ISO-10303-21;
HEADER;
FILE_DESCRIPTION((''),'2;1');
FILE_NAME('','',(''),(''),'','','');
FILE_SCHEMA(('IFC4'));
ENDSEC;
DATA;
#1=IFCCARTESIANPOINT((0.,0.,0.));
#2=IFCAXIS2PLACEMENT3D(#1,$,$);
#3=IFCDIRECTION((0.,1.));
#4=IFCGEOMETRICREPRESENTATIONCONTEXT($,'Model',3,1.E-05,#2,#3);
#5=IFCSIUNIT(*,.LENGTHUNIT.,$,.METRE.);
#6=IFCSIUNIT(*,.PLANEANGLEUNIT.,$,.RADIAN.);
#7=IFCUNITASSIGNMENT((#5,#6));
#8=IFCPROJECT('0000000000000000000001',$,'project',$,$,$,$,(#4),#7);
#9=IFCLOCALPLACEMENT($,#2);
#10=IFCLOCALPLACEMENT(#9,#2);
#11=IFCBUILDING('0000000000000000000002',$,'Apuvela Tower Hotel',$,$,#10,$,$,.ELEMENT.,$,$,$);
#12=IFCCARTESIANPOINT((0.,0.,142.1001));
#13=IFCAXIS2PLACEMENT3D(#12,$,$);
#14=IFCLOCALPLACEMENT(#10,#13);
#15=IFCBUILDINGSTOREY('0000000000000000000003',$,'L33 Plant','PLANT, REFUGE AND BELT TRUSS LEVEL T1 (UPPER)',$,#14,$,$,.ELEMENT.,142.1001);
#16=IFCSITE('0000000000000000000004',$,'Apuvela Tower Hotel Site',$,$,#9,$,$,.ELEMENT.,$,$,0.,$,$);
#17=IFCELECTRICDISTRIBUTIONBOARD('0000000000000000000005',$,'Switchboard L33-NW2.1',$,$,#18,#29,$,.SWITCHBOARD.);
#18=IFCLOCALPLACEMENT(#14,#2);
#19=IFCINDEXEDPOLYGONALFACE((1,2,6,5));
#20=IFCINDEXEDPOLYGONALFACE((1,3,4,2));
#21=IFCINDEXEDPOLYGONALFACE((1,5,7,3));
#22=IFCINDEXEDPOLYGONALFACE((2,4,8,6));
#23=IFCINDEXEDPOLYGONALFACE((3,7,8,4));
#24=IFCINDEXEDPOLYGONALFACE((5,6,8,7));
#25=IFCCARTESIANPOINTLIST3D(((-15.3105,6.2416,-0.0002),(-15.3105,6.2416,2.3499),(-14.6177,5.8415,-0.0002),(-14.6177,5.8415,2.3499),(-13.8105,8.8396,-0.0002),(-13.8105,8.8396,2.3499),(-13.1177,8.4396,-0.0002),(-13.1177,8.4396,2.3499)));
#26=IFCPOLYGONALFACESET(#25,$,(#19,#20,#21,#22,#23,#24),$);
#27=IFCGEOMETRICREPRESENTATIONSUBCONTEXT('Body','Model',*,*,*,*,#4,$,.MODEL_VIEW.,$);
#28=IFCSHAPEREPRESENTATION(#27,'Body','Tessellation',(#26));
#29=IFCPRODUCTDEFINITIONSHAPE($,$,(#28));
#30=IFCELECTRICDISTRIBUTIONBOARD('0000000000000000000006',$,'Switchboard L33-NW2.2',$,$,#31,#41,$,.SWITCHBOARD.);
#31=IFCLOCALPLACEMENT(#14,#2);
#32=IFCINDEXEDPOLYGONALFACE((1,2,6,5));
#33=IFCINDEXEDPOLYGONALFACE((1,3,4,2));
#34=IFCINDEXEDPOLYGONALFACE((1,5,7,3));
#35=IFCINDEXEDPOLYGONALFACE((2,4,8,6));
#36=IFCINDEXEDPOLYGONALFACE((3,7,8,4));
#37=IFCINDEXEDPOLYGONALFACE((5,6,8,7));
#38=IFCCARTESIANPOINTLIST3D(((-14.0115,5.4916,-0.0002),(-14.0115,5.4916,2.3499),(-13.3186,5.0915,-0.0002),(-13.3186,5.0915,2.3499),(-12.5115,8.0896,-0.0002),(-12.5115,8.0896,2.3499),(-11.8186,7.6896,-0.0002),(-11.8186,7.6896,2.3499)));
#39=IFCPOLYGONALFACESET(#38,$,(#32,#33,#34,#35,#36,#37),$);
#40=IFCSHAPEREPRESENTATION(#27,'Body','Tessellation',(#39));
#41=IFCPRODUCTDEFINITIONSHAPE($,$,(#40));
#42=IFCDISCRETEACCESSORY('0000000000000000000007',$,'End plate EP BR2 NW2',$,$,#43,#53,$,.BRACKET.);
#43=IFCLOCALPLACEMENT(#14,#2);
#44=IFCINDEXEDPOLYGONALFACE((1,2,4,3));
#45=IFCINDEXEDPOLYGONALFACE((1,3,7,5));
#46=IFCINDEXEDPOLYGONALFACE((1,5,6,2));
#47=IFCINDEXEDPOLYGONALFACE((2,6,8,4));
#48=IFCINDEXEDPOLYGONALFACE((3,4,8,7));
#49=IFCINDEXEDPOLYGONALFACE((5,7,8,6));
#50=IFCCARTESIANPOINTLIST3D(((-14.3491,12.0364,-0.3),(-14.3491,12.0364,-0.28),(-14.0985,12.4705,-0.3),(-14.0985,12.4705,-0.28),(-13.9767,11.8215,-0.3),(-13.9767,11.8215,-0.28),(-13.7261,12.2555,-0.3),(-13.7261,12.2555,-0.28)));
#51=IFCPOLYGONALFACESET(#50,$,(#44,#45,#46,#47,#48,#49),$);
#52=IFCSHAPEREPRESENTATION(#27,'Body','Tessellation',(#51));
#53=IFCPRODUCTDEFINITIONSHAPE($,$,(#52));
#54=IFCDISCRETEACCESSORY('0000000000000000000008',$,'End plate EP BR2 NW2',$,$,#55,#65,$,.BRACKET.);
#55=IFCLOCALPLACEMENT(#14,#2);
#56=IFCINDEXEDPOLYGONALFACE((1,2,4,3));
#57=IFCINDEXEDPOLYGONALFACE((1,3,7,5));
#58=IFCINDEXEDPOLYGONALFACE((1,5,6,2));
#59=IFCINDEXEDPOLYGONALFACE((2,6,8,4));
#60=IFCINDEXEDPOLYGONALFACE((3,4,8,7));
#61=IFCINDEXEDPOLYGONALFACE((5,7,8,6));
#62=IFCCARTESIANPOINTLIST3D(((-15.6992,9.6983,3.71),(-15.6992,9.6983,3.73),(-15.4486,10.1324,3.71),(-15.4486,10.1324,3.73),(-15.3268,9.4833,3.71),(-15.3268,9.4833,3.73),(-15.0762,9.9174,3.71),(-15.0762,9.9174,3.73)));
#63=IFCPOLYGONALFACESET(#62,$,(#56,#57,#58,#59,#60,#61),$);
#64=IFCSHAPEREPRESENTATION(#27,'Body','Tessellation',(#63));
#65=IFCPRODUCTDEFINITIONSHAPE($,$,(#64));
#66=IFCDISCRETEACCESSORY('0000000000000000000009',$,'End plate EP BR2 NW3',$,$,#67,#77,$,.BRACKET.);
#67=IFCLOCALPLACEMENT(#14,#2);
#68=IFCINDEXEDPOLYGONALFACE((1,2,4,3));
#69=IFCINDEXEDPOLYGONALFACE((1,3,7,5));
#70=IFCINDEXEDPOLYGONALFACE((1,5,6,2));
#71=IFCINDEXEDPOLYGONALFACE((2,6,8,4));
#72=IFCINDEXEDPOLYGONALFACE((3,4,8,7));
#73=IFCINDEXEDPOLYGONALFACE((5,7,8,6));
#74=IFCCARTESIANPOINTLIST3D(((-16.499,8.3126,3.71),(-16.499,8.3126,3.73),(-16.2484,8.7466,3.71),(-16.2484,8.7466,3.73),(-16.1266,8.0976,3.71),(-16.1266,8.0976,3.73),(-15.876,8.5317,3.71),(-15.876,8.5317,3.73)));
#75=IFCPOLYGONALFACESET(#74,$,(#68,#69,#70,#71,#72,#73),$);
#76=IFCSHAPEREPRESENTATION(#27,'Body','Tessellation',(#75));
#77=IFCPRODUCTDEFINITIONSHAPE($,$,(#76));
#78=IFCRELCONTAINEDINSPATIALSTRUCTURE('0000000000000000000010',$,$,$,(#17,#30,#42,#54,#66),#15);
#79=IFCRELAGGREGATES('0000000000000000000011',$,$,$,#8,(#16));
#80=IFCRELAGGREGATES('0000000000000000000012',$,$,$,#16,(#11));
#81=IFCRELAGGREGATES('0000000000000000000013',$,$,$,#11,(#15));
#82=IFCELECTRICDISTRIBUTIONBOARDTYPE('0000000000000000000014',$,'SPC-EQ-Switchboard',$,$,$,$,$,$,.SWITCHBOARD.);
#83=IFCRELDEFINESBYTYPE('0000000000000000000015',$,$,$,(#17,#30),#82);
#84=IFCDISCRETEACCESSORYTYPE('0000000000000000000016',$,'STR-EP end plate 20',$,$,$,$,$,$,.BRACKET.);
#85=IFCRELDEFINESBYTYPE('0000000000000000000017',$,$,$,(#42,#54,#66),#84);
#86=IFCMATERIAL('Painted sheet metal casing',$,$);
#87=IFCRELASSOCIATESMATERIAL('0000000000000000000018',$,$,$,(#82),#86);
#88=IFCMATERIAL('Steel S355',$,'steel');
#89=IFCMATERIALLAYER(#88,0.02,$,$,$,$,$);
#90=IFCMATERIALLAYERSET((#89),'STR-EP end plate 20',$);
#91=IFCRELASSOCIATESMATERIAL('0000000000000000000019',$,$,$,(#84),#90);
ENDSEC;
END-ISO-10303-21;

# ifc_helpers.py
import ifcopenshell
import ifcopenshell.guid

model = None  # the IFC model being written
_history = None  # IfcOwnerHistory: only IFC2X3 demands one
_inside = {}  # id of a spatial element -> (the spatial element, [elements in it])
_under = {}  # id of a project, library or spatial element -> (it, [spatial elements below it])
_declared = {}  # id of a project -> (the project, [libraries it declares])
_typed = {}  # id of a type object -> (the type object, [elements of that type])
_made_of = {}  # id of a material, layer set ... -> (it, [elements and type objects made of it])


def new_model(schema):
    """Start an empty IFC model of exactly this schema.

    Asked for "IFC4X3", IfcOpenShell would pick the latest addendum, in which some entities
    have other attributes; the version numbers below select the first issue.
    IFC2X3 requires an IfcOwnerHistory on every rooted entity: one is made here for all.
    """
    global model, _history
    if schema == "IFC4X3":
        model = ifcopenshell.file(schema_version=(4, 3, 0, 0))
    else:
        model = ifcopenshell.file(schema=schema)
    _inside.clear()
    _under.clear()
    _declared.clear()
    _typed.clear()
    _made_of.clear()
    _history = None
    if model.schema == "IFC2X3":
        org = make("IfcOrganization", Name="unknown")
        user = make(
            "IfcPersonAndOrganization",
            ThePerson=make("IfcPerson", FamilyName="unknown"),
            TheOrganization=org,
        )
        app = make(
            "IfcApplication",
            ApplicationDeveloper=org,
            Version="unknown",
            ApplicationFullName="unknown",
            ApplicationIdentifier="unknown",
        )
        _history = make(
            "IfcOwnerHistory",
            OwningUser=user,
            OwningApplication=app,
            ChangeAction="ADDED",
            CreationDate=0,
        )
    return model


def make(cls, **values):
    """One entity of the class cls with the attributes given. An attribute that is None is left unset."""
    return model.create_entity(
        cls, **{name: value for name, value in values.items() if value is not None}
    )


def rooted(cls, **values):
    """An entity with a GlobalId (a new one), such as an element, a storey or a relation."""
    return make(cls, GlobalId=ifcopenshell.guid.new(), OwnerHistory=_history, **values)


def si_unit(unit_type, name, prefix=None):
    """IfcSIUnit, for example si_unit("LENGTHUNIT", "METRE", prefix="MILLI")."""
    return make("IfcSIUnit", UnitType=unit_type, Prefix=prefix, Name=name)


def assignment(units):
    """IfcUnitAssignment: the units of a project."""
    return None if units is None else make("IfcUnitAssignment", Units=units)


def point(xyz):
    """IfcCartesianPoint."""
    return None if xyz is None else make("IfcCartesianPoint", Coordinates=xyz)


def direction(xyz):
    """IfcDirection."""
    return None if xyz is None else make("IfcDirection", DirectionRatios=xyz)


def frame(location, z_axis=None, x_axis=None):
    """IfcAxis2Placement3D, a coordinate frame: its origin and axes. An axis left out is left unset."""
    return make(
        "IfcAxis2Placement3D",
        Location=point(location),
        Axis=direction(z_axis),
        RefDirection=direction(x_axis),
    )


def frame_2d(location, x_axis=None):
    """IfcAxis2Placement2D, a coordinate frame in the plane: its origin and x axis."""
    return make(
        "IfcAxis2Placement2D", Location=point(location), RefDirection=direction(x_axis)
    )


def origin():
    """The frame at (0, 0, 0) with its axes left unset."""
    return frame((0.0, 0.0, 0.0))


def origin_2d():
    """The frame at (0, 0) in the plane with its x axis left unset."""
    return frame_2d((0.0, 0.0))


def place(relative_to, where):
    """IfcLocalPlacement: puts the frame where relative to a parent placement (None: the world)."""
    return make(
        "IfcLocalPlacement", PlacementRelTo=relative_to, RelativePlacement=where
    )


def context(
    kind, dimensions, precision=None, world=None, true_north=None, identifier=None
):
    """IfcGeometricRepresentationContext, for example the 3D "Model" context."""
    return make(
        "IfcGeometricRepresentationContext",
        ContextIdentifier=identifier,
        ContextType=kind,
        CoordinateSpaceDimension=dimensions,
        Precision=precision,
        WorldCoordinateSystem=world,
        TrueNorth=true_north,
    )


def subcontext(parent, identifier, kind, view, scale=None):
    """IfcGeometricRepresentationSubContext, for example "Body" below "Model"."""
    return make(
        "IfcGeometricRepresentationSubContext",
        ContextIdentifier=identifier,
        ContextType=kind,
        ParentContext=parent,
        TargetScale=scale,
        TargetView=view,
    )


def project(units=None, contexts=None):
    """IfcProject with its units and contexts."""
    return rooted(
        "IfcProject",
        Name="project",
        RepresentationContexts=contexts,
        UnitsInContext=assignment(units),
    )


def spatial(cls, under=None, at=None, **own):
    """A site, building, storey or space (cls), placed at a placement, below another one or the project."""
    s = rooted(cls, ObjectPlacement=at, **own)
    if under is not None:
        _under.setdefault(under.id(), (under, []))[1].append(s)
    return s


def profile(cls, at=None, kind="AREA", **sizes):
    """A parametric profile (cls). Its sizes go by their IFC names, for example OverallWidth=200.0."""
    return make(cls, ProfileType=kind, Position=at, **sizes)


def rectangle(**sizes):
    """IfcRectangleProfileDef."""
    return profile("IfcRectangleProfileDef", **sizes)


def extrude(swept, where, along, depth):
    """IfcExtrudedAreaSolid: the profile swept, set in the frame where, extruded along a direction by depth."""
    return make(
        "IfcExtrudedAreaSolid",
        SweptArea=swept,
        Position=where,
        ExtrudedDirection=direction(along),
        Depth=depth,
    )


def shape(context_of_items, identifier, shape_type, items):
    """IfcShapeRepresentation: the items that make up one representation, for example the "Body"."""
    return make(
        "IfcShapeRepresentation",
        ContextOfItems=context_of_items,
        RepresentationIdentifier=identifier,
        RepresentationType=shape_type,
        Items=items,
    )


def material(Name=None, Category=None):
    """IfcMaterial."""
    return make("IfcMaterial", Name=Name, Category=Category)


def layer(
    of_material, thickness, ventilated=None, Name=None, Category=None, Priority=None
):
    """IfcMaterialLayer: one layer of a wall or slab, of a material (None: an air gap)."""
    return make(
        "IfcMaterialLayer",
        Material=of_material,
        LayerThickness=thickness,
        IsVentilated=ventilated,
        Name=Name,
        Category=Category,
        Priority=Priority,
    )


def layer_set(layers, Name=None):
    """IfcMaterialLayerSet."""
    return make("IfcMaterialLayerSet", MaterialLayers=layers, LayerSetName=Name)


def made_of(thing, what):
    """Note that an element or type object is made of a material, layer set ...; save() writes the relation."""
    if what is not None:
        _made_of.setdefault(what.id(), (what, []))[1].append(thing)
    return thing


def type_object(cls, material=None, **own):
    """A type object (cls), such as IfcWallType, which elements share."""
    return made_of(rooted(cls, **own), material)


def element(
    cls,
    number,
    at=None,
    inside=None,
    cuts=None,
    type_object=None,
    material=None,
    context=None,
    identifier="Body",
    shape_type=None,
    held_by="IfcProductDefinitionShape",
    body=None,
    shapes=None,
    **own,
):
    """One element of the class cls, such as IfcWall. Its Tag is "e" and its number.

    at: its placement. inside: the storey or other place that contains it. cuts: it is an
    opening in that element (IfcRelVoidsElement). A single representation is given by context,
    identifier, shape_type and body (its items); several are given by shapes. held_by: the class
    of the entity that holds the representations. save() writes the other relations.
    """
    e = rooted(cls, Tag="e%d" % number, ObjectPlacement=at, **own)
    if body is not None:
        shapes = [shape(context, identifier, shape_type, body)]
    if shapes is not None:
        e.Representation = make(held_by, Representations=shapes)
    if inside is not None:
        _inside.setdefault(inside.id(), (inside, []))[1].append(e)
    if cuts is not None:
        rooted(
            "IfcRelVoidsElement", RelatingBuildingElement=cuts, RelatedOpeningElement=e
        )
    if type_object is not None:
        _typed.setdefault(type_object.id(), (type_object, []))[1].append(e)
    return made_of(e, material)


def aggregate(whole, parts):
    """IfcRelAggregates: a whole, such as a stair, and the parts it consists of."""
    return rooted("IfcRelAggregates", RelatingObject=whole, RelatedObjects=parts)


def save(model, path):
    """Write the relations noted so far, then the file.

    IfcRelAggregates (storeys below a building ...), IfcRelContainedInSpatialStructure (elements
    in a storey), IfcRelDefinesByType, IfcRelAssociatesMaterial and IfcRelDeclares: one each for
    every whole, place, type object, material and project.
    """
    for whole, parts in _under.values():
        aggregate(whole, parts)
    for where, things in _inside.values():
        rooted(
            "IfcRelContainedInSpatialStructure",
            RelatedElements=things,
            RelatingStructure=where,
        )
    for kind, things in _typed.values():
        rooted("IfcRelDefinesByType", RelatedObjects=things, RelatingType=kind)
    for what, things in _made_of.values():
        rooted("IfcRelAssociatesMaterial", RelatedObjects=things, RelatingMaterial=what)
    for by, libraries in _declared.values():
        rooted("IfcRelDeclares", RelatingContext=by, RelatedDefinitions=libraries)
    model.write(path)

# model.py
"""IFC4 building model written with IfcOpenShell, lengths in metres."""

from ifc_helpers import new_model, si_unit, direction, frame, origin, origin_2d, place, context, subcontext, project, spatial, rectangle, extrude, material, layer, layer_set, type_object, element, save


model = new_model("IFC4")

# Units and contexts
model_context = context("Model", 3, precision=1e-05, world=origin(), true_north=direction((0.0, 1.0)))
body_context = subcontext(model_context, "Body", "Model", "MODEL_VIEW")
ifc_project = project(units=[si_unit("LENGTHUNIT", "METRE"), si_unit("PLANEANGLEUNIT", "RADIAN")], contexts=[model_context])

# Site, building, storey
site_placement = place(None, origin())
site = spatial("IfcSite", under=ifc_project, at=site_placement, Name="Apuvela Tower Hotel Site", CompositionType="ELEMENT", RefElevation=0.0)
building_placement = place(site_placement, origin())
building = spatial("IfcBuilding", under=site, at=building_placement, Name="Apuvela Tower Hotel", CompositionType="ELEMENT")
storey_placement = place(building_placement, frame((0.0, 0.0, 142.1001)))
storey = spatial("IfcBuildingStorey", under=building, at=storey_placement, Name="L33 Plant", Description="PLANT, REFUGE AND BELT TRUSS LEVEL T1 (UPPER)", CompositionType="ELEMENT", Elevation=142.1001)

# Shared definitions
ifc_material_1 = material(Name="Steel S355", Category="steel")

# Electric distribution boards
ifc_material_2 = material(Name="Painted sheet metal casing")
electric_distribution_board_type = type_object("IfcElectricDistributionBoardType", Name="SPC-EQ-Switchboard", PredefinedType="SWITCHBOARD", material=ifc_material_2)
for number, where, z_axis, x_axis, name in (
    (1, (-14.2141, 7.3406, -0.0002), (0.0, 0.0, 1.0), (-0.5, -0.866025, 0.0), "Switchboard L33-NW2.1"),
    (2, (-12.915, 6.5906, -0.0002), (0.0, 0.0, 1.0), (-0.5, -0.866025, 0.0), "Switchboard L33-NW2.2"),
):
    element("IfcElectricDistributionBoard", number, at=place(storey_placement, frame(where, z_axis=z_axis, x_axis=x_axis)), inside=storey, type_object=electric_distribution_board_type, Name=name, PredefinedType="SWITCHBOARD", context=body_context, shape_type="SweptSolid", body=[
        extrude(rectangle(XDim=3.0, YDim=0.8, at=origin_2d()), origin(), (0.0, 0.0, 1.0), 2.3501),
    ])

# Discrete accessories
ifc_layer_1 = layer(ifc_material_1, 0.02)
ifc_layer_set_1 = layer_set([ifc_layer_1], Name="STR-EP end plate 20")
discrete_accessory_type = type_object("IfcDiscreteAccessoryType", Name="STR-EP end plate 20", PredefinedType="BRACKET", material=ifc_layer_set_1)
for number, where, z_axis, x_axis, name in (
    (3, (-14.0376, 12.146, -0.3), (0.0, 0.0, 1.0), (-0.5, -0.866025, 0.0), "End plate EP BR2 NW2"),
    (4, (-15.3877, 9.8079, 3.71), (0.0, 0.0, 1.0), (-0.5, -0.866025, 0.0), "End plate EP BR2 NW2"),
    (5, (-16.1875, 8.4221, 3.71), (0.0, 0.0, 1.0), (0.5, 0.866025, 0.0), "End plate EP BR2 NW3"),
):
    element("IfcDiscreteAccessory", number, at=place(storey_placement, frame(where, z_axis=z_axis, x_axis=x_axis)), inside=storey, type_object=discrete_accessory_type, Name=name, PredefinedType="BRACKET", context=body_context, shape_type="SweptSolid", body=[
        extrude(rectangle(XDim=0.5012, YDim=0.4299, at=origin_2d()), origin(), (0.0, 0.0, 1.0), 0.02),
    ])

save(model, "model.ifc")
